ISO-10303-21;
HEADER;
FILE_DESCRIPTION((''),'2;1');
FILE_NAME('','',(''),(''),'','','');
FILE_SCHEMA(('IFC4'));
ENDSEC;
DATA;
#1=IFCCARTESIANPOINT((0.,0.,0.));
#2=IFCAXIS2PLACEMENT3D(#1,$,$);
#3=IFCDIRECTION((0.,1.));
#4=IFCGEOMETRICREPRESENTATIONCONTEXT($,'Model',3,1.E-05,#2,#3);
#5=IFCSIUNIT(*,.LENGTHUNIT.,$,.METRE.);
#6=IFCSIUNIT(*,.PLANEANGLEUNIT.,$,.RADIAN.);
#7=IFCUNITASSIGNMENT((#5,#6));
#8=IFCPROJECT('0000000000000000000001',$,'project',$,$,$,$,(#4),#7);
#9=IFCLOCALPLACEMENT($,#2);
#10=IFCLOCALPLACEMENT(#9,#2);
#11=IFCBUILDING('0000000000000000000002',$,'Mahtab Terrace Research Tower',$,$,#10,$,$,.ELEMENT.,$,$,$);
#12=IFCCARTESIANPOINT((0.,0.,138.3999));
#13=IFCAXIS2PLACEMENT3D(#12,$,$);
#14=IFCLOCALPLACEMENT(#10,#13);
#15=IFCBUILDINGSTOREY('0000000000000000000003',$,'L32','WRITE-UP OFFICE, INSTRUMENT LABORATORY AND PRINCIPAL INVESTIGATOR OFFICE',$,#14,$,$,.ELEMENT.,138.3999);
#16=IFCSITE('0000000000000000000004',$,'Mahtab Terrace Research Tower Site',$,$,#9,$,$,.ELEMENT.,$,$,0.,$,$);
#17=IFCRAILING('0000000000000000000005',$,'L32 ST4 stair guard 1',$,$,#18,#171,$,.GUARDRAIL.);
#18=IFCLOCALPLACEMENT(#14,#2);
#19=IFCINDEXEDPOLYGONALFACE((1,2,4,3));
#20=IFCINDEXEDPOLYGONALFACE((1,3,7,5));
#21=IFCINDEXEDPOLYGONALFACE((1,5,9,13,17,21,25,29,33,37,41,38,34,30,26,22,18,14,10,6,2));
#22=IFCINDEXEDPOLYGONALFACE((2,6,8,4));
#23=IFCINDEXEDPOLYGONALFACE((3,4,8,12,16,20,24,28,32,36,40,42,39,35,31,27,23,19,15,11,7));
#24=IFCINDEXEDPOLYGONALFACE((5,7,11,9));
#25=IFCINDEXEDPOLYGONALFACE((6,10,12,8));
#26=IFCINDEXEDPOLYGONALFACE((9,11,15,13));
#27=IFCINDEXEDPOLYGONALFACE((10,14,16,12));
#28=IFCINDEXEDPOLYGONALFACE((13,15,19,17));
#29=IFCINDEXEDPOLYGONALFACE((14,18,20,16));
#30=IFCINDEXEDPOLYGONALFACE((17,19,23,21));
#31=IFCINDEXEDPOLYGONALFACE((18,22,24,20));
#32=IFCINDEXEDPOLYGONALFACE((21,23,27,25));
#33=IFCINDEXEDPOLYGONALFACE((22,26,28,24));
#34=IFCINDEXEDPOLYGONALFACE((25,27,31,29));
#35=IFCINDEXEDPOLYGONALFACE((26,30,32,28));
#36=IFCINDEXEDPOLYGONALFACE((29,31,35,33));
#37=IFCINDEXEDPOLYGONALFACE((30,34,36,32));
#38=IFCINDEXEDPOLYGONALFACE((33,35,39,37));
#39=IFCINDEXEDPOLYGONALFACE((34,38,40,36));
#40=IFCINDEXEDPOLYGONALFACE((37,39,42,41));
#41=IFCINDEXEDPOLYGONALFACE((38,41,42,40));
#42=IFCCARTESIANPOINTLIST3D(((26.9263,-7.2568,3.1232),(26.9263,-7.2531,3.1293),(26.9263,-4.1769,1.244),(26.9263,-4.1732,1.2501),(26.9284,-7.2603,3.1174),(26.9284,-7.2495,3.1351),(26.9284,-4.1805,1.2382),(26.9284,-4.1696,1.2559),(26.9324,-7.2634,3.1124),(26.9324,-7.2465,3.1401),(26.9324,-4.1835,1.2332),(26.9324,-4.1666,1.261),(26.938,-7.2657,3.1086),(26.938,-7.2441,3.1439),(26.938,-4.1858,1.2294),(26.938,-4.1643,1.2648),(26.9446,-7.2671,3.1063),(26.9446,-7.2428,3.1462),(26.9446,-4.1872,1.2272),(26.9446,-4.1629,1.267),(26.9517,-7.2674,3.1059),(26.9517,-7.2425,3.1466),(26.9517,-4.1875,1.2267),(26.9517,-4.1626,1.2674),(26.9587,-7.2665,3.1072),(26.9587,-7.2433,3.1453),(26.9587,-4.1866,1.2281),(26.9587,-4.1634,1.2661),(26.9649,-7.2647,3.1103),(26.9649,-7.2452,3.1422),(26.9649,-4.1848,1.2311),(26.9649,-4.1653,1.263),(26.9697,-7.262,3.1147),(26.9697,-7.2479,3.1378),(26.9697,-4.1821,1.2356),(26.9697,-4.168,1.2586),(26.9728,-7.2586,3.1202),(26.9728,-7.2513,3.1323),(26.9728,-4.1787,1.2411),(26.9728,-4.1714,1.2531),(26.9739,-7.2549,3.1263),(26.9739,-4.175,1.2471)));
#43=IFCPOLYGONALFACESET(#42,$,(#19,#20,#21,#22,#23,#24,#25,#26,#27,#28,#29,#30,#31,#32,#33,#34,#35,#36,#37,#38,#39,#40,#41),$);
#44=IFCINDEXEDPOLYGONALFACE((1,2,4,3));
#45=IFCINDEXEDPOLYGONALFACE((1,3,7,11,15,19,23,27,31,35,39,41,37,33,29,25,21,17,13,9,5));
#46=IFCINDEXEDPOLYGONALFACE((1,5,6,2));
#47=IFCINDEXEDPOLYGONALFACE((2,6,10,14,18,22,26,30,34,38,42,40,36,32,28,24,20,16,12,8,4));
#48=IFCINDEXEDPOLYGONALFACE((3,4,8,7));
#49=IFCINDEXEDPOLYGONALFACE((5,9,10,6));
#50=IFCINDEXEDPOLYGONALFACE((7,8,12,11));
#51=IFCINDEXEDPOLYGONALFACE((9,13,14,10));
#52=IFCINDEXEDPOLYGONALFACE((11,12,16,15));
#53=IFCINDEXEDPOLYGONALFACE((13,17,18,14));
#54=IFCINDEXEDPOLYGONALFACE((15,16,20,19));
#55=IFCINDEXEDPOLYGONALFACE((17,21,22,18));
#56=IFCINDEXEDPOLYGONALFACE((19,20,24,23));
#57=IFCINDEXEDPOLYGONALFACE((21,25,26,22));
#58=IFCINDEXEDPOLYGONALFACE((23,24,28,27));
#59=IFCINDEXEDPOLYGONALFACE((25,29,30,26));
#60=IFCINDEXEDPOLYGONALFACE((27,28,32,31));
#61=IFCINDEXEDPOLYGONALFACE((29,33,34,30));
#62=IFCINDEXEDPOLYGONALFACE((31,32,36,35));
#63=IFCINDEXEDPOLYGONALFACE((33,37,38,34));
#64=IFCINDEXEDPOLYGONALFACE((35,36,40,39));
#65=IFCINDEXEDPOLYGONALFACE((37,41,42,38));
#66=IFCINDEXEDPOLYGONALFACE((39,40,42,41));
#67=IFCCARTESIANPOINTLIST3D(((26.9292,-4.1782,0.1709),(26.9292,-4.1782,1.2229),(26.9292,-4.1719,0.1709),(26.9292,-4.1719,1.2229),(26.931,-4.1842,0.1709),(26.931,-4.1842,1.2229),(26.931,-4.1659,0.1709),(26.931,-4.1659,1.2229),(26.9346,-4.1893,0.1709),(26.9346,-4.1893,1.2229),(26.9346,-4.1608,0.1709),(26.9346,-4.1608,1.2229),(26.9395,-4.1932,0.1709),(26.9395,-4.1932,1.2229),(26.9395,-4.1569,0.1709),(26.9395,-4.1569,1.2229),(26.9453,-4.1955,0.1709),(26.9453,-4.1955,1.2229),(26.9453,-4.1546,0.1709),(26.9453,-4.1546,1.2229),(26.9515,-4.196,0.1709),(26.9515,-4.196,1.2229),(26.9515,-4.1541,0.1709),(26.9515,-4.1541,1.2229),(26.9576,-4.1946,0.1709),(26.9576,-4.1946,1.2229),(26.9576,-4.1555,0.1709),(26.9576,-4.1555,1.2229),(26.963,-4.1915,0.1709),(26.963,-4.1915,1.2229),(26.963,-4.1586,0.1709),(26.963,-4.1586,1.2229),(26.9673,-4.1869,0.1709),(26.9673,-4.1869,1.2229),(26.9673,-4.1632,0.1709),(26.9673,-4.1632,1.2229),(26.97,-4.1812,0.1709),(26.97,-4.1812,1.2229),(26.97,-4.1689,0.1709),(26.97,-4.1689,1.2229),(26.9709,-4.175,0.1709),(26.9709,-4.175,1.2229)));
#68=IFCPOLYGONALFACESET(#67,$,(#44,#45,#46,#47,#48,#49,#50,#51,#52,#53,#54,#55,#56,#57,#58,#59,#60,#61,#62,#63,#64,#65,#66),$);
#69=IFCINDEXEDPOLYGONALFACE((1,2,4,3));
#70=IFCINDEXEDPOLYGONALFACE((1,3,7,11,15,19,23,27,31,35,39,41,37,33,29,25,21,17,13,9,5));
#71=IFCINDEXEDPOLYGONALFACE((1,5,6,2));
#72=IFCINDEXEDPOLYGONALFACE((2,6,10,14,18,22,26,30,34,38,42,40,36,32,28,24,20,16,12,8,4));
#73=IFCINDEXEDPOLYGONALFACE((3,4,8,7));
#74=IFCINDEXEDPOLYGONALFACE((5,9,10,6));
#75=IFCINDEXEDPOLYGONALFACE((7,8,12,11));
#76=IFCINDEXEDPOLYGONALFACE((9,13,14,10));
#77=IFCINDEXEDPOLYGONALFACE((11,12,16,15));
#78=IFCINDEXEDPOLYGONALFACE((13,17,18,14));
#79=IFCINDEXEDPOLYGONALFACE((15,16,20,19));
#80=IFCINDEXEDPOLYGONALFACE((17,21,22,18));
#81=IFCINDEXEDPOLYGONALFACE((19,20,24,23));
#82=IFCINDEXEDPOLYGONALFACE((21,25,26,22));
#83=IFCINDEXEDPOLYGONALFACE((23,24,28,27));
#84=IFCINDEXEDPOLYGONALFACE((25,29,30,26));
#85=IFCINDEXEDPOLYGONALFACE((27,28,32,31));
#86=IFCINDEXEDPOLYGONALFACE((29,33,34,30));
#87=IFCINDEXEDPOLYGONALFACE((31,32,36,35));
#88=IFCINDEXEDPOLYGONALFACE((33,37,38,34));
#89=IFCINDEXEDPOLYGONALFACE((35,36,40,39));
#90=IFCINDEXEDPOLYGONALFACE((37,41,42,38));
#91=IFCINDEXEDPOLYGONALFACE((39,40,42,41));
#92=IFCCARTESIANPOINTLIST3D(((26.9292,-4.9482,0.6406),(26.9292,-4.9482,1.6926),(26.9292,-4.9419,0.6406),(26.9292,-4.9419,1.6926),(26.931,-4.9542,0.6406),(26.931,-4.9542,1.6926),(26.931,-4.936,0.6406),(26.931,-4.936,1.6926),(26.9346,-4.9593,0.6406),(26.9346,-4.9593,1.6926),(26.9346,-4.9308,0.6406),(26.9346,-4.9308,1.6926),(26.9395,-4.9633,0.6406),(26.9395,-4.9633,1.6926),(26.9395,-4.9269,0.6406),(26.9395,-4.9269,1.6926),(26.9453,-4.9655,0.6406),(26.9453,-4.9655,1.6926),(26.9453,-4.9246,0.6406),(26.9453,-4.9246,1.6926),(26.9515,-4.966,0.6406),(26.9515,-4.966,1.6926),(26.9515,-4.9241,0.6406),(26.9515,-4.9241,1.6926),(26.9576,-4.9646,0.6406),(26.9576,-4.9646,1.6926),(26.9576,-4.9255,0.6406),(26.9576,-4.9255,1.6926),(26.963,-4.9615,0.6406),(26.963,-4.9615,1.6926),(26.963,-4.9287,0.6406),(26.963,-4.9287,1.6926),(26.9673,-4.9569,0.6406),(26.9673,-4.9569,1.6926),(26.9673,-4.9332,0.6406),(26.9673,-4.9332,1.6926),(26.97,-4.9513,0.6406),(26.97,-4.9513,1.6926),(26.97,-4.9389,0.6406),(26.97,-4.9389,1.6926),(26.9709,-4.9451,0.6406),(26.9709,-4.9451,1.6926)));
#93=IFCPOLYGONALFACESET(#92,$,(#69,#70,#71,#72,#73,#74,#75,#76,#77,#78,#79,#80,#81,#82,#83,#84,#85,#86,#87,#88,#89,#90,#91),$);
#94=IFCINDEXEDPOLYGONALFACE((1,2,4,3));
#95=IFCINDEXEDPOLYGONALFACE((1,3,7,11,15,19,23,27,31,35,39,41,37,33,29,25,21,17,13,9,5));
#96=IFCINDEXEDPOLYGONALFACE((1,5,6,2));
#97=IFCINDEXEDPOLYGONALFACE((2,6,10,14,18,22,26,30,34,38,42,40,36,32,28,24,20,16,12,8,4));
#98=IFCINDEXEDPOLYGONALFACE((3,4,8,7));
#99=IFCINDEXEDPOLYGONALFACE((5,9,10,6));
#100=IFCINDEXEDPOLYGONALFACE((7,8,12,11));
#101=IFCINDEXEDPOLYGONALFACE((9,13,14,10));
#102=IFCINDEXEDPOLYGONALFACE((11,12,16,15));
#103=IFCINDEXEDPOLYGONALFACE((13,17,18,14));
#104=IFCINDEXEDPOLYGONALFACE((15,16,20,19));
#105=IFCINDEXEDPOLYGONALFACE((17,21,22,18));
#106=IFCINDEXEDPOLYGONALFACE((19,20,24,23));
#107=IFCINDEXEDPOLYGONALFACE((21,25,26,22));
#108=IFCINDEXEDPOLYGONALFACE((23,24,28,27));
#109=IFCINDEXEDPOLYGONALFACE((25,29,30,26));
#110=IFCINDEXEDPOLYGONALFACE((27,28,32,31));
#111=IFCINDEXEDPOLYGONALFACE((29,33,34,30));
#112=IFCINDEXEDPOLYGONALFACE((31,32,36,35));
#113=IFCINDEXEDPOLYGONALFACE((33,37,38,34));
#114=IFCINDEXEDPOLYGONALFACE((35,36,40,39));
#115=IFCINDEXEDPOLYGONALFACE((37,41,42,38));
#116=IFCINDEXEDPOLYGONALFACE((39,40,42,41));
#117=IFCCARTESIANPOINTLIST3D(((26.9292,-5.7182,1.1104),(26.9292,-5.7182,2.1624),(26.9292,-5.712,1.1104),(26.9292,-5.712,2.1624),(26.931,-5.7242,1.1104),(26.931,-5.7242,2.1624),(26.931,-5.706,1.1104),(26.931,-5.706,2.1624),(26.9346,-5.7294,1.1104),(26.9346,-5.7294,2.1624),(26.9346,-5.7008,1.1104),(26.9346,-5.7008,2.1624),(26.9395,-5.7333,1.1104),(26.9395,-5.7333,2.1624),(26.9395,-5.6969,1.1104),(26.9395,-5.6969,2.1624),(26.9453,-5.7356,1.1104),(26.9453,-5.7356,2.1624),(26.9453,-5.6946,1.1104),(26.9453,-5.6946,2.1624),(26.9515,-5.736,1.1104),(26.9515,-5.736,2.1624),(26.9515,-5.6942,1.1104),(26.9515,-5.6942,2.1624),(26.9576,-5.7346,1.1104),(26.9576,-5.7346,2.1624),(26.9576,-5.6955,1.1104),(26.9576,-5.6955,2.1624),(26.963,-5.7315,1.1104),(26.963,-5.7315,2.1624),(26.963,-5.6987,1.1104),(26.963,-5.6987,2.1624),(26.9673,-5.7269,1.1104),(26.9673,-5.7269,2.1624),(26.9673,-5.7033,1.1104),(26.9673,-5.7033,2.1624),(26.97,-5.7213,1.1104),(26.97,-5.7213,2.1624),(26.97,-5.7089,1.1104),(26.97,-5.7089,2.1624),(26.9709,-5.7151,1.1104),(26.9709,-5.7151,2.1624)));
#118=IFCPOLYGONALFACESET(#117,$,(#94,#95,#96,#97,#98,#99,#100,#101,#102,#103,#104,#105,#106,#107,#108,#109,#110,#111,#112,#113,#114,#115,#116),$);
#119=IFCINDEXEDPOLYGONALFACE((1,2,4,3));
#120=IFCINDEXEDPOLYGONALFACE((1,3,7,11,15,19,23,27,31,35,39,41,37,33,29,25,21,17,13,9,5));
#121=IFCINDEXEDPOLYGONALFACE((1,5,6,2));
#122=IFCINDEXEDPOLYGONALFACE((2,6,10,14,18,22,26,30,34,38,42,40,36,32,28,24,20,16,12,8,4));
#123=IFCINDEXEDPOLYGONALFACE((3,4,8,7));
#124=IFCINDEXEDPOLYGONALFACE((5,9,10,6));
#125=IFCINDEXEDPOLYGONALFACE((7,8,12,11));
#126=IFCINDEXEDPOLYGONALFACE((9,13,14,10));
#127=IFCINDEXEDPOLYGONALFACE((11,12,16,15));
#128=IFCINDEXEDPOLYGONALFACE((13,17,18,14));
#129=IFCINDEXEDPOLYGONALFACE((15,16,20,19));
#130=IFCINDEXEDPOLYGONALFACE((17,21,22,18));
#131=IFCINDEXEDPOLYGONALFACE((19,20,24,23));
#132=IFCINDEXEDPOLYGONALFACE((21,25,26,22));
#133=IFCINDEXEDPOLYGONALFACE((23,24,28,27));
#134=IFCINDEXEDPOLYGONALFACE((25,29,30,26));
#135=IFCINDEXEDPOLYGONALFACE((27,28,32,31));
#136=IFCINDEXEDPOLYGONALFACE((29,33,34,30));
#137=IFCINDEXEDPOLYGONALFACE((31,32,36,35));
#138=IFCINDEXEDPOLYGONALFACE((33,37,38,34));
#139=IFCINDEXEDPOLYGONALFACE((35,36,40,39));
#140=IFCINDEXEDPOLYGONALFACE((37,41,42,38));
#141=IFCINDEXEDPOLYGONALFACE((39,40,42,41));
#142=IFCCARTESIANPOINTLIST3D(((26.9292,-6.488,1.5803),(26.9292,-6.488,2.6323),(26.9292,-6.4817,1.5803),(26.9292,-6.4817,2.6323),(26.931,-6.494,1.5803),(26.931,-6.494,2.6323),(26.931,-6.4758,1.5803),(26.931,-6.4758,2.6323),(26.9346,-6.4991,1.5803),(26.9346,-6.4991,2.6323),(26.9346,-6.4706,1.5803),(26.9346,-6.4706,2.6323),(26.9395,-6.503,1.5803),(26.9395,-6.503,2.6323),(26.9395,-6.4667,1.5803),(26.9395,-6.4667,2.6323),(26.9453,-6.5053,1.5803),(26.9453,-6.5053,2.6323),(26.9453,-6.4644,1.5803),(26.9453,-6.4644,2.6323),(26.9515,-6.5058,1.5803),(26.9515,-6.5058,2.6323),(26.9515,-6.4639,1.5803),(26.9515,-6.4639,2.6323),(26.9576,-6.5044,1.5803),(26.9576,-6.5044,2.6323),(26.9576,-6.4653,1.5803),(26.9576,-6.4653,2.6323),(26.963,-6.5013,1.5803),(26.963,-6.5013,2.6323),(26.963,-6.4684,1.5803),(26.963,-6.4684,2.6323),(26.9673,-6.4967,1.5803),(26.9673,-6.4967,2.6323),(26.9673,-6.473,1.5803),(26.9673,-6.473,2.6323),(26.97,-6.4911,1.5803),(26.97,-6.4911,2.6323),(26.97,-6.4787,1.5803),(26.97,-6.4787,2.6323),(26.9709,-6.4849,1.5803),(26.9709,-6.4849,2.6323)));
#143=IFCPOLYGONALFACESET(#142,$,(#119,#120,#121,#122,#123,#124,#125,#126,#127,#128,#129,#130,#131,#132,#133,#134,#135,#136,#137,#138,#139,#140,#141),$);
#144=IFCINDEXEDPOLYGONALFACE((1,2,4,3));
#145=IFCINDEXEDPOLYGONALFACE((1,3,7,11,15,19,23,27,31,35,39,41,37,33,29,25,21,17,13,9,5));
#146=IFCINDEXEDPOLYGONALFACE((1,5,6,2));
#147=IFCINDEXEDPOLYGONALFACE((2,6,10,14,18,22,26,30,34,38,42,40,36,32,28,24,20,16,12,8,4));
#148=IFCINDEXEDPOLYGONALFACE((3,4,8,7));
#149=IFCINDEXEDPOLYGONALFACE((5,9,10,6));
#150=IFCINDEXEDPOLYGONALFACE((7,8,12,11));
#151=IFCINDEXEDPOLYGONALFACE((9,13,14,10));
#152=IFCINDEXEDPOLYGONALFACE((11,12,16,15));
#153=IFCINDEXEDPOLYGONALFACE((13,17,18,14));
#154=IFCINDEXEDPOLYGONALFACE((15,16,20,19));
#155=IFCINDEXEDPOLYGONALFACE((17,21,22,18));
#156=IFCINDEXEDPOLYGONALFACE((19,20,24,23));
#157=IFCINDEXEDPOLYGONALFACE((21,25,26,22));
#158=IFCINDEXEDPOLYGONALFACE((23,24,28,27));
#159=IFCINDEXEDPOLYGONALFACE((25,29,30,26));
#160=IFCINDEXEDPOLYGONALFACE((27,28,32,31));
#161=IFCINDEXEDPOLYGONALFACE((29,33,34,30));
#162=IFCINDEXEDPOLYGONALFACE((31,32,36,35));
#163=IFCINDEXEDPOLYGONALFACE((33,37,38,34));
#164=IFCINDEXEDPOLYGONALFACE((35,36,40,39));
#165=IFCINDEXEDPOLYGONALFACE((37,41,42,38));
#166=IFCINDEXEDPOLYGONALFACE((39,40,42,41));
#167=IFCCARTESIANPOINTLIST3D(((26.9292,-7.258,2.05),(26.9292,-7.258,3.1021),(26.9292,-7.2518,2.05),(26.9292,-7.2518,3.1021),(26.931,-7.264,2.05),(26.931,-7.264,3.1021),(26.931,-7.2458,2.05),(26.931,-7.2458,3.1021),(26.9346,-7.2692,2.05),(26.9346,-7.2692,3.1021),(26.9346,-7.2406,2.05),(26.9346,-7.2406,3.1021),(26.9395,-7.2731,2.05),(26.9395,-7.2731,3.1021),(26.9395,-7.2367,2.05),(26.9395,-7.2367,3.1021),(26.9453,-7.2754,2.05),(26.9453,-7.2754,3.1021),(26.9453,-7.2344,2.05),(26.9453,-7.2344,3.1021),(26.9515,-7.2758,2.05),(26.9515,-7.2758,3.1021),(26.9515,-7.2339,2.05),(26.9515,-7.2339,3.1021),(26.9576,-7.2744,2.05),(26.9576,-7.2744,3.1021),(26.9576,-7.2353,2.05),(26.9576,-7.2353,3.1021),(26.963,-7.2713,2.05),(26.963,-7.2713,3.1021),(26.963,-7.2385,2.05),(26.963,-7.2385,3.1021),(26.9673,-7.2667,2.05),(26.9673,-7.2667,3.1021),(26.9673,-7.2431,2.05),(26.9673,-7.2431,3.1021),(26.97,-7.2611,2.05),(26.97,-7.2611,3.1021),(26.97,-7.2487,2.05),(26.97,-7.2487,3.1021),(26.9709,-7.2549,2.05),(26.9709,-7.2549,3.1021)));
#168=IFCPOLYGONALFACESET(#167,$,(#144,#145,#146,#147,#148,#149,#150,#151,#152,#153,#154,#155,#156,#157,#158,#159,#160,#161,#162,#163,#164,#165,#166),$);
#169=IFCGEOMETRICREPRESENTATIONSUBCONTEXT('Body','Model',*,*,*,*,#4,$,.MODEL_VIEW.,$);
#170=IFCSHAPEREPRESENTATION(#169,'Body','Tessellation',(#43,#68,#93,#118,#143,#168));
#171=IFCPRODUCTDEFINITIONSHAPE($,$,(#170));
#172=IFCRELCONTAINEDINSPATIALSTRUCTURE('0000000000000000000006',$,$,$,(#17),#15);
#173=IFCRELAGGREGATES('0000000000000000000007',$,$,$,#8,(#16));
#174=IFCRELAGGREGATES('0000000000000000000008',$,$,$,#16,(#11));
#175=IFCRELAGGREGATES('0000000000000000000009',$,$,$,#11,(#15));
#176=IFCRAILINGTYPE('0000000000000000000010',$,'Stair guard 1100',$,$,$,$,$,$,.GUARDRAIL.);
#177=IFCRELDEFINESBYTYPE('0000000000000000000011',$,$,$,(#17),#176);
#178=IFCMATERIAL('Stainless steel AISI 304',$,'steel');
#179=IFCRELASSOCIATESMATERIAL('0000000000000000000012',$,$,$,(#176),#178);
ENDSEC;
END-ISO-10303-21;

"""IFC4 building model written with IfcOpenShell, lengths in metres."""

from ifc_helpers import new_model, si_unit, direction, frame, origin, origin_2d, place, context, subcontext, project, spatial, circle, extrude, material, type_object, element, save


model = new_model("IFC4")

# Units and contexts
model_context = context("Model", 3, precision=1e-05, world=origin(), true_north=direction((0.0, 1.0)))
body_context = subcontext(model_context, "Body", "Model", "MODEL_VIEW")
ifc_project = project(units=[si_unit("LENGTHUNIT", "METRE"), si_unit("PLANEANGLEUNIT", "RADIAN")], contexts=[model_context])

# Site, building, storey
site_placement = place(None, origin())
site = spatial("IfcSite", under=ifc_project, at=site_placement, Name="Mahtab Terrace Research Tower Site", CompositionType="ELEMENT", RefElevation=0.0)
building_placement = place(site_placement, origin())
building = spatial("IfcBuilding", under=site, at=building_placement, Name="Mahtab Terrace Research Tower", CompositionType="ELEMENT")
storey_placement = place(building_placement, frame((0.0, 0.0, 138.3999)))
storey = spatial("IfcBuildingStorey", under=building, at=storey_placement, Name="L32", Description="WRITE-UP OFFICE, INSTRUMENT LABORATORY AND PRINCIPAL INVESTIGATOR OFFICE", CompositionType="ELEMENT", Elevation=138.3999)

# Railing
ifc_material_1 = material(Name="Stainless steel AISI 304", Category="steel")
railing_type_1 = type_object("IfcRailingType", Name="Stair guard 1100", PredefinedType="GUARDRAIL", material=ifc_material_1)
railing_1_placement = place(storey_placement, frame((26.95, -4.175, 0.1709)))
element("IfcRailing", 1, at=railing_1_placement, inside=storey, type_object=railing_type_1, Name="L32 ST4 stair guard 1", PredefinedType="GUARDRAIL", context=body_context, shape_type="SweptSolid", body=[
    extrude(circle(Radius=0.0239, at=origin_2d()), frame((0.0, 0.0, 1.0762), z_axis=(0.0, -0.853648, 0.52085), x_axis=(1.0, 0.0, 0.0)), (0.0, 0.0, 1.0), 3.6079),
    extrude(circle(Radius=0.021, at=origin_2d()), origin(), (0.0, 0.0, 1.0), 1.052),
    extrude(circle(Radius=0.021, at=origin_2d()), frame((0.0, -0.77, 0.4697)), (0.0, 0.0, 1.0), 1.052),
    extrude(circle(Radius=0.021, at=origin_2d()), frame((0.0, -1.54, 0.9395)), (0.0, 0.0, 1.0), 1.052),
    extrude(circle(Radius=0.021, at=origin_2d()), frame((0.0, -2.3098, 1.4094)), (0.0, 0.0, 1.0), 1.052),
    extrude(circle(Radius=0.021, at=origin_2d()), frame((0.0, -3.0798, 1.8792)), (0.0, 0.0, 1.0), 1.052),
])

save(model, "model.ifc")
